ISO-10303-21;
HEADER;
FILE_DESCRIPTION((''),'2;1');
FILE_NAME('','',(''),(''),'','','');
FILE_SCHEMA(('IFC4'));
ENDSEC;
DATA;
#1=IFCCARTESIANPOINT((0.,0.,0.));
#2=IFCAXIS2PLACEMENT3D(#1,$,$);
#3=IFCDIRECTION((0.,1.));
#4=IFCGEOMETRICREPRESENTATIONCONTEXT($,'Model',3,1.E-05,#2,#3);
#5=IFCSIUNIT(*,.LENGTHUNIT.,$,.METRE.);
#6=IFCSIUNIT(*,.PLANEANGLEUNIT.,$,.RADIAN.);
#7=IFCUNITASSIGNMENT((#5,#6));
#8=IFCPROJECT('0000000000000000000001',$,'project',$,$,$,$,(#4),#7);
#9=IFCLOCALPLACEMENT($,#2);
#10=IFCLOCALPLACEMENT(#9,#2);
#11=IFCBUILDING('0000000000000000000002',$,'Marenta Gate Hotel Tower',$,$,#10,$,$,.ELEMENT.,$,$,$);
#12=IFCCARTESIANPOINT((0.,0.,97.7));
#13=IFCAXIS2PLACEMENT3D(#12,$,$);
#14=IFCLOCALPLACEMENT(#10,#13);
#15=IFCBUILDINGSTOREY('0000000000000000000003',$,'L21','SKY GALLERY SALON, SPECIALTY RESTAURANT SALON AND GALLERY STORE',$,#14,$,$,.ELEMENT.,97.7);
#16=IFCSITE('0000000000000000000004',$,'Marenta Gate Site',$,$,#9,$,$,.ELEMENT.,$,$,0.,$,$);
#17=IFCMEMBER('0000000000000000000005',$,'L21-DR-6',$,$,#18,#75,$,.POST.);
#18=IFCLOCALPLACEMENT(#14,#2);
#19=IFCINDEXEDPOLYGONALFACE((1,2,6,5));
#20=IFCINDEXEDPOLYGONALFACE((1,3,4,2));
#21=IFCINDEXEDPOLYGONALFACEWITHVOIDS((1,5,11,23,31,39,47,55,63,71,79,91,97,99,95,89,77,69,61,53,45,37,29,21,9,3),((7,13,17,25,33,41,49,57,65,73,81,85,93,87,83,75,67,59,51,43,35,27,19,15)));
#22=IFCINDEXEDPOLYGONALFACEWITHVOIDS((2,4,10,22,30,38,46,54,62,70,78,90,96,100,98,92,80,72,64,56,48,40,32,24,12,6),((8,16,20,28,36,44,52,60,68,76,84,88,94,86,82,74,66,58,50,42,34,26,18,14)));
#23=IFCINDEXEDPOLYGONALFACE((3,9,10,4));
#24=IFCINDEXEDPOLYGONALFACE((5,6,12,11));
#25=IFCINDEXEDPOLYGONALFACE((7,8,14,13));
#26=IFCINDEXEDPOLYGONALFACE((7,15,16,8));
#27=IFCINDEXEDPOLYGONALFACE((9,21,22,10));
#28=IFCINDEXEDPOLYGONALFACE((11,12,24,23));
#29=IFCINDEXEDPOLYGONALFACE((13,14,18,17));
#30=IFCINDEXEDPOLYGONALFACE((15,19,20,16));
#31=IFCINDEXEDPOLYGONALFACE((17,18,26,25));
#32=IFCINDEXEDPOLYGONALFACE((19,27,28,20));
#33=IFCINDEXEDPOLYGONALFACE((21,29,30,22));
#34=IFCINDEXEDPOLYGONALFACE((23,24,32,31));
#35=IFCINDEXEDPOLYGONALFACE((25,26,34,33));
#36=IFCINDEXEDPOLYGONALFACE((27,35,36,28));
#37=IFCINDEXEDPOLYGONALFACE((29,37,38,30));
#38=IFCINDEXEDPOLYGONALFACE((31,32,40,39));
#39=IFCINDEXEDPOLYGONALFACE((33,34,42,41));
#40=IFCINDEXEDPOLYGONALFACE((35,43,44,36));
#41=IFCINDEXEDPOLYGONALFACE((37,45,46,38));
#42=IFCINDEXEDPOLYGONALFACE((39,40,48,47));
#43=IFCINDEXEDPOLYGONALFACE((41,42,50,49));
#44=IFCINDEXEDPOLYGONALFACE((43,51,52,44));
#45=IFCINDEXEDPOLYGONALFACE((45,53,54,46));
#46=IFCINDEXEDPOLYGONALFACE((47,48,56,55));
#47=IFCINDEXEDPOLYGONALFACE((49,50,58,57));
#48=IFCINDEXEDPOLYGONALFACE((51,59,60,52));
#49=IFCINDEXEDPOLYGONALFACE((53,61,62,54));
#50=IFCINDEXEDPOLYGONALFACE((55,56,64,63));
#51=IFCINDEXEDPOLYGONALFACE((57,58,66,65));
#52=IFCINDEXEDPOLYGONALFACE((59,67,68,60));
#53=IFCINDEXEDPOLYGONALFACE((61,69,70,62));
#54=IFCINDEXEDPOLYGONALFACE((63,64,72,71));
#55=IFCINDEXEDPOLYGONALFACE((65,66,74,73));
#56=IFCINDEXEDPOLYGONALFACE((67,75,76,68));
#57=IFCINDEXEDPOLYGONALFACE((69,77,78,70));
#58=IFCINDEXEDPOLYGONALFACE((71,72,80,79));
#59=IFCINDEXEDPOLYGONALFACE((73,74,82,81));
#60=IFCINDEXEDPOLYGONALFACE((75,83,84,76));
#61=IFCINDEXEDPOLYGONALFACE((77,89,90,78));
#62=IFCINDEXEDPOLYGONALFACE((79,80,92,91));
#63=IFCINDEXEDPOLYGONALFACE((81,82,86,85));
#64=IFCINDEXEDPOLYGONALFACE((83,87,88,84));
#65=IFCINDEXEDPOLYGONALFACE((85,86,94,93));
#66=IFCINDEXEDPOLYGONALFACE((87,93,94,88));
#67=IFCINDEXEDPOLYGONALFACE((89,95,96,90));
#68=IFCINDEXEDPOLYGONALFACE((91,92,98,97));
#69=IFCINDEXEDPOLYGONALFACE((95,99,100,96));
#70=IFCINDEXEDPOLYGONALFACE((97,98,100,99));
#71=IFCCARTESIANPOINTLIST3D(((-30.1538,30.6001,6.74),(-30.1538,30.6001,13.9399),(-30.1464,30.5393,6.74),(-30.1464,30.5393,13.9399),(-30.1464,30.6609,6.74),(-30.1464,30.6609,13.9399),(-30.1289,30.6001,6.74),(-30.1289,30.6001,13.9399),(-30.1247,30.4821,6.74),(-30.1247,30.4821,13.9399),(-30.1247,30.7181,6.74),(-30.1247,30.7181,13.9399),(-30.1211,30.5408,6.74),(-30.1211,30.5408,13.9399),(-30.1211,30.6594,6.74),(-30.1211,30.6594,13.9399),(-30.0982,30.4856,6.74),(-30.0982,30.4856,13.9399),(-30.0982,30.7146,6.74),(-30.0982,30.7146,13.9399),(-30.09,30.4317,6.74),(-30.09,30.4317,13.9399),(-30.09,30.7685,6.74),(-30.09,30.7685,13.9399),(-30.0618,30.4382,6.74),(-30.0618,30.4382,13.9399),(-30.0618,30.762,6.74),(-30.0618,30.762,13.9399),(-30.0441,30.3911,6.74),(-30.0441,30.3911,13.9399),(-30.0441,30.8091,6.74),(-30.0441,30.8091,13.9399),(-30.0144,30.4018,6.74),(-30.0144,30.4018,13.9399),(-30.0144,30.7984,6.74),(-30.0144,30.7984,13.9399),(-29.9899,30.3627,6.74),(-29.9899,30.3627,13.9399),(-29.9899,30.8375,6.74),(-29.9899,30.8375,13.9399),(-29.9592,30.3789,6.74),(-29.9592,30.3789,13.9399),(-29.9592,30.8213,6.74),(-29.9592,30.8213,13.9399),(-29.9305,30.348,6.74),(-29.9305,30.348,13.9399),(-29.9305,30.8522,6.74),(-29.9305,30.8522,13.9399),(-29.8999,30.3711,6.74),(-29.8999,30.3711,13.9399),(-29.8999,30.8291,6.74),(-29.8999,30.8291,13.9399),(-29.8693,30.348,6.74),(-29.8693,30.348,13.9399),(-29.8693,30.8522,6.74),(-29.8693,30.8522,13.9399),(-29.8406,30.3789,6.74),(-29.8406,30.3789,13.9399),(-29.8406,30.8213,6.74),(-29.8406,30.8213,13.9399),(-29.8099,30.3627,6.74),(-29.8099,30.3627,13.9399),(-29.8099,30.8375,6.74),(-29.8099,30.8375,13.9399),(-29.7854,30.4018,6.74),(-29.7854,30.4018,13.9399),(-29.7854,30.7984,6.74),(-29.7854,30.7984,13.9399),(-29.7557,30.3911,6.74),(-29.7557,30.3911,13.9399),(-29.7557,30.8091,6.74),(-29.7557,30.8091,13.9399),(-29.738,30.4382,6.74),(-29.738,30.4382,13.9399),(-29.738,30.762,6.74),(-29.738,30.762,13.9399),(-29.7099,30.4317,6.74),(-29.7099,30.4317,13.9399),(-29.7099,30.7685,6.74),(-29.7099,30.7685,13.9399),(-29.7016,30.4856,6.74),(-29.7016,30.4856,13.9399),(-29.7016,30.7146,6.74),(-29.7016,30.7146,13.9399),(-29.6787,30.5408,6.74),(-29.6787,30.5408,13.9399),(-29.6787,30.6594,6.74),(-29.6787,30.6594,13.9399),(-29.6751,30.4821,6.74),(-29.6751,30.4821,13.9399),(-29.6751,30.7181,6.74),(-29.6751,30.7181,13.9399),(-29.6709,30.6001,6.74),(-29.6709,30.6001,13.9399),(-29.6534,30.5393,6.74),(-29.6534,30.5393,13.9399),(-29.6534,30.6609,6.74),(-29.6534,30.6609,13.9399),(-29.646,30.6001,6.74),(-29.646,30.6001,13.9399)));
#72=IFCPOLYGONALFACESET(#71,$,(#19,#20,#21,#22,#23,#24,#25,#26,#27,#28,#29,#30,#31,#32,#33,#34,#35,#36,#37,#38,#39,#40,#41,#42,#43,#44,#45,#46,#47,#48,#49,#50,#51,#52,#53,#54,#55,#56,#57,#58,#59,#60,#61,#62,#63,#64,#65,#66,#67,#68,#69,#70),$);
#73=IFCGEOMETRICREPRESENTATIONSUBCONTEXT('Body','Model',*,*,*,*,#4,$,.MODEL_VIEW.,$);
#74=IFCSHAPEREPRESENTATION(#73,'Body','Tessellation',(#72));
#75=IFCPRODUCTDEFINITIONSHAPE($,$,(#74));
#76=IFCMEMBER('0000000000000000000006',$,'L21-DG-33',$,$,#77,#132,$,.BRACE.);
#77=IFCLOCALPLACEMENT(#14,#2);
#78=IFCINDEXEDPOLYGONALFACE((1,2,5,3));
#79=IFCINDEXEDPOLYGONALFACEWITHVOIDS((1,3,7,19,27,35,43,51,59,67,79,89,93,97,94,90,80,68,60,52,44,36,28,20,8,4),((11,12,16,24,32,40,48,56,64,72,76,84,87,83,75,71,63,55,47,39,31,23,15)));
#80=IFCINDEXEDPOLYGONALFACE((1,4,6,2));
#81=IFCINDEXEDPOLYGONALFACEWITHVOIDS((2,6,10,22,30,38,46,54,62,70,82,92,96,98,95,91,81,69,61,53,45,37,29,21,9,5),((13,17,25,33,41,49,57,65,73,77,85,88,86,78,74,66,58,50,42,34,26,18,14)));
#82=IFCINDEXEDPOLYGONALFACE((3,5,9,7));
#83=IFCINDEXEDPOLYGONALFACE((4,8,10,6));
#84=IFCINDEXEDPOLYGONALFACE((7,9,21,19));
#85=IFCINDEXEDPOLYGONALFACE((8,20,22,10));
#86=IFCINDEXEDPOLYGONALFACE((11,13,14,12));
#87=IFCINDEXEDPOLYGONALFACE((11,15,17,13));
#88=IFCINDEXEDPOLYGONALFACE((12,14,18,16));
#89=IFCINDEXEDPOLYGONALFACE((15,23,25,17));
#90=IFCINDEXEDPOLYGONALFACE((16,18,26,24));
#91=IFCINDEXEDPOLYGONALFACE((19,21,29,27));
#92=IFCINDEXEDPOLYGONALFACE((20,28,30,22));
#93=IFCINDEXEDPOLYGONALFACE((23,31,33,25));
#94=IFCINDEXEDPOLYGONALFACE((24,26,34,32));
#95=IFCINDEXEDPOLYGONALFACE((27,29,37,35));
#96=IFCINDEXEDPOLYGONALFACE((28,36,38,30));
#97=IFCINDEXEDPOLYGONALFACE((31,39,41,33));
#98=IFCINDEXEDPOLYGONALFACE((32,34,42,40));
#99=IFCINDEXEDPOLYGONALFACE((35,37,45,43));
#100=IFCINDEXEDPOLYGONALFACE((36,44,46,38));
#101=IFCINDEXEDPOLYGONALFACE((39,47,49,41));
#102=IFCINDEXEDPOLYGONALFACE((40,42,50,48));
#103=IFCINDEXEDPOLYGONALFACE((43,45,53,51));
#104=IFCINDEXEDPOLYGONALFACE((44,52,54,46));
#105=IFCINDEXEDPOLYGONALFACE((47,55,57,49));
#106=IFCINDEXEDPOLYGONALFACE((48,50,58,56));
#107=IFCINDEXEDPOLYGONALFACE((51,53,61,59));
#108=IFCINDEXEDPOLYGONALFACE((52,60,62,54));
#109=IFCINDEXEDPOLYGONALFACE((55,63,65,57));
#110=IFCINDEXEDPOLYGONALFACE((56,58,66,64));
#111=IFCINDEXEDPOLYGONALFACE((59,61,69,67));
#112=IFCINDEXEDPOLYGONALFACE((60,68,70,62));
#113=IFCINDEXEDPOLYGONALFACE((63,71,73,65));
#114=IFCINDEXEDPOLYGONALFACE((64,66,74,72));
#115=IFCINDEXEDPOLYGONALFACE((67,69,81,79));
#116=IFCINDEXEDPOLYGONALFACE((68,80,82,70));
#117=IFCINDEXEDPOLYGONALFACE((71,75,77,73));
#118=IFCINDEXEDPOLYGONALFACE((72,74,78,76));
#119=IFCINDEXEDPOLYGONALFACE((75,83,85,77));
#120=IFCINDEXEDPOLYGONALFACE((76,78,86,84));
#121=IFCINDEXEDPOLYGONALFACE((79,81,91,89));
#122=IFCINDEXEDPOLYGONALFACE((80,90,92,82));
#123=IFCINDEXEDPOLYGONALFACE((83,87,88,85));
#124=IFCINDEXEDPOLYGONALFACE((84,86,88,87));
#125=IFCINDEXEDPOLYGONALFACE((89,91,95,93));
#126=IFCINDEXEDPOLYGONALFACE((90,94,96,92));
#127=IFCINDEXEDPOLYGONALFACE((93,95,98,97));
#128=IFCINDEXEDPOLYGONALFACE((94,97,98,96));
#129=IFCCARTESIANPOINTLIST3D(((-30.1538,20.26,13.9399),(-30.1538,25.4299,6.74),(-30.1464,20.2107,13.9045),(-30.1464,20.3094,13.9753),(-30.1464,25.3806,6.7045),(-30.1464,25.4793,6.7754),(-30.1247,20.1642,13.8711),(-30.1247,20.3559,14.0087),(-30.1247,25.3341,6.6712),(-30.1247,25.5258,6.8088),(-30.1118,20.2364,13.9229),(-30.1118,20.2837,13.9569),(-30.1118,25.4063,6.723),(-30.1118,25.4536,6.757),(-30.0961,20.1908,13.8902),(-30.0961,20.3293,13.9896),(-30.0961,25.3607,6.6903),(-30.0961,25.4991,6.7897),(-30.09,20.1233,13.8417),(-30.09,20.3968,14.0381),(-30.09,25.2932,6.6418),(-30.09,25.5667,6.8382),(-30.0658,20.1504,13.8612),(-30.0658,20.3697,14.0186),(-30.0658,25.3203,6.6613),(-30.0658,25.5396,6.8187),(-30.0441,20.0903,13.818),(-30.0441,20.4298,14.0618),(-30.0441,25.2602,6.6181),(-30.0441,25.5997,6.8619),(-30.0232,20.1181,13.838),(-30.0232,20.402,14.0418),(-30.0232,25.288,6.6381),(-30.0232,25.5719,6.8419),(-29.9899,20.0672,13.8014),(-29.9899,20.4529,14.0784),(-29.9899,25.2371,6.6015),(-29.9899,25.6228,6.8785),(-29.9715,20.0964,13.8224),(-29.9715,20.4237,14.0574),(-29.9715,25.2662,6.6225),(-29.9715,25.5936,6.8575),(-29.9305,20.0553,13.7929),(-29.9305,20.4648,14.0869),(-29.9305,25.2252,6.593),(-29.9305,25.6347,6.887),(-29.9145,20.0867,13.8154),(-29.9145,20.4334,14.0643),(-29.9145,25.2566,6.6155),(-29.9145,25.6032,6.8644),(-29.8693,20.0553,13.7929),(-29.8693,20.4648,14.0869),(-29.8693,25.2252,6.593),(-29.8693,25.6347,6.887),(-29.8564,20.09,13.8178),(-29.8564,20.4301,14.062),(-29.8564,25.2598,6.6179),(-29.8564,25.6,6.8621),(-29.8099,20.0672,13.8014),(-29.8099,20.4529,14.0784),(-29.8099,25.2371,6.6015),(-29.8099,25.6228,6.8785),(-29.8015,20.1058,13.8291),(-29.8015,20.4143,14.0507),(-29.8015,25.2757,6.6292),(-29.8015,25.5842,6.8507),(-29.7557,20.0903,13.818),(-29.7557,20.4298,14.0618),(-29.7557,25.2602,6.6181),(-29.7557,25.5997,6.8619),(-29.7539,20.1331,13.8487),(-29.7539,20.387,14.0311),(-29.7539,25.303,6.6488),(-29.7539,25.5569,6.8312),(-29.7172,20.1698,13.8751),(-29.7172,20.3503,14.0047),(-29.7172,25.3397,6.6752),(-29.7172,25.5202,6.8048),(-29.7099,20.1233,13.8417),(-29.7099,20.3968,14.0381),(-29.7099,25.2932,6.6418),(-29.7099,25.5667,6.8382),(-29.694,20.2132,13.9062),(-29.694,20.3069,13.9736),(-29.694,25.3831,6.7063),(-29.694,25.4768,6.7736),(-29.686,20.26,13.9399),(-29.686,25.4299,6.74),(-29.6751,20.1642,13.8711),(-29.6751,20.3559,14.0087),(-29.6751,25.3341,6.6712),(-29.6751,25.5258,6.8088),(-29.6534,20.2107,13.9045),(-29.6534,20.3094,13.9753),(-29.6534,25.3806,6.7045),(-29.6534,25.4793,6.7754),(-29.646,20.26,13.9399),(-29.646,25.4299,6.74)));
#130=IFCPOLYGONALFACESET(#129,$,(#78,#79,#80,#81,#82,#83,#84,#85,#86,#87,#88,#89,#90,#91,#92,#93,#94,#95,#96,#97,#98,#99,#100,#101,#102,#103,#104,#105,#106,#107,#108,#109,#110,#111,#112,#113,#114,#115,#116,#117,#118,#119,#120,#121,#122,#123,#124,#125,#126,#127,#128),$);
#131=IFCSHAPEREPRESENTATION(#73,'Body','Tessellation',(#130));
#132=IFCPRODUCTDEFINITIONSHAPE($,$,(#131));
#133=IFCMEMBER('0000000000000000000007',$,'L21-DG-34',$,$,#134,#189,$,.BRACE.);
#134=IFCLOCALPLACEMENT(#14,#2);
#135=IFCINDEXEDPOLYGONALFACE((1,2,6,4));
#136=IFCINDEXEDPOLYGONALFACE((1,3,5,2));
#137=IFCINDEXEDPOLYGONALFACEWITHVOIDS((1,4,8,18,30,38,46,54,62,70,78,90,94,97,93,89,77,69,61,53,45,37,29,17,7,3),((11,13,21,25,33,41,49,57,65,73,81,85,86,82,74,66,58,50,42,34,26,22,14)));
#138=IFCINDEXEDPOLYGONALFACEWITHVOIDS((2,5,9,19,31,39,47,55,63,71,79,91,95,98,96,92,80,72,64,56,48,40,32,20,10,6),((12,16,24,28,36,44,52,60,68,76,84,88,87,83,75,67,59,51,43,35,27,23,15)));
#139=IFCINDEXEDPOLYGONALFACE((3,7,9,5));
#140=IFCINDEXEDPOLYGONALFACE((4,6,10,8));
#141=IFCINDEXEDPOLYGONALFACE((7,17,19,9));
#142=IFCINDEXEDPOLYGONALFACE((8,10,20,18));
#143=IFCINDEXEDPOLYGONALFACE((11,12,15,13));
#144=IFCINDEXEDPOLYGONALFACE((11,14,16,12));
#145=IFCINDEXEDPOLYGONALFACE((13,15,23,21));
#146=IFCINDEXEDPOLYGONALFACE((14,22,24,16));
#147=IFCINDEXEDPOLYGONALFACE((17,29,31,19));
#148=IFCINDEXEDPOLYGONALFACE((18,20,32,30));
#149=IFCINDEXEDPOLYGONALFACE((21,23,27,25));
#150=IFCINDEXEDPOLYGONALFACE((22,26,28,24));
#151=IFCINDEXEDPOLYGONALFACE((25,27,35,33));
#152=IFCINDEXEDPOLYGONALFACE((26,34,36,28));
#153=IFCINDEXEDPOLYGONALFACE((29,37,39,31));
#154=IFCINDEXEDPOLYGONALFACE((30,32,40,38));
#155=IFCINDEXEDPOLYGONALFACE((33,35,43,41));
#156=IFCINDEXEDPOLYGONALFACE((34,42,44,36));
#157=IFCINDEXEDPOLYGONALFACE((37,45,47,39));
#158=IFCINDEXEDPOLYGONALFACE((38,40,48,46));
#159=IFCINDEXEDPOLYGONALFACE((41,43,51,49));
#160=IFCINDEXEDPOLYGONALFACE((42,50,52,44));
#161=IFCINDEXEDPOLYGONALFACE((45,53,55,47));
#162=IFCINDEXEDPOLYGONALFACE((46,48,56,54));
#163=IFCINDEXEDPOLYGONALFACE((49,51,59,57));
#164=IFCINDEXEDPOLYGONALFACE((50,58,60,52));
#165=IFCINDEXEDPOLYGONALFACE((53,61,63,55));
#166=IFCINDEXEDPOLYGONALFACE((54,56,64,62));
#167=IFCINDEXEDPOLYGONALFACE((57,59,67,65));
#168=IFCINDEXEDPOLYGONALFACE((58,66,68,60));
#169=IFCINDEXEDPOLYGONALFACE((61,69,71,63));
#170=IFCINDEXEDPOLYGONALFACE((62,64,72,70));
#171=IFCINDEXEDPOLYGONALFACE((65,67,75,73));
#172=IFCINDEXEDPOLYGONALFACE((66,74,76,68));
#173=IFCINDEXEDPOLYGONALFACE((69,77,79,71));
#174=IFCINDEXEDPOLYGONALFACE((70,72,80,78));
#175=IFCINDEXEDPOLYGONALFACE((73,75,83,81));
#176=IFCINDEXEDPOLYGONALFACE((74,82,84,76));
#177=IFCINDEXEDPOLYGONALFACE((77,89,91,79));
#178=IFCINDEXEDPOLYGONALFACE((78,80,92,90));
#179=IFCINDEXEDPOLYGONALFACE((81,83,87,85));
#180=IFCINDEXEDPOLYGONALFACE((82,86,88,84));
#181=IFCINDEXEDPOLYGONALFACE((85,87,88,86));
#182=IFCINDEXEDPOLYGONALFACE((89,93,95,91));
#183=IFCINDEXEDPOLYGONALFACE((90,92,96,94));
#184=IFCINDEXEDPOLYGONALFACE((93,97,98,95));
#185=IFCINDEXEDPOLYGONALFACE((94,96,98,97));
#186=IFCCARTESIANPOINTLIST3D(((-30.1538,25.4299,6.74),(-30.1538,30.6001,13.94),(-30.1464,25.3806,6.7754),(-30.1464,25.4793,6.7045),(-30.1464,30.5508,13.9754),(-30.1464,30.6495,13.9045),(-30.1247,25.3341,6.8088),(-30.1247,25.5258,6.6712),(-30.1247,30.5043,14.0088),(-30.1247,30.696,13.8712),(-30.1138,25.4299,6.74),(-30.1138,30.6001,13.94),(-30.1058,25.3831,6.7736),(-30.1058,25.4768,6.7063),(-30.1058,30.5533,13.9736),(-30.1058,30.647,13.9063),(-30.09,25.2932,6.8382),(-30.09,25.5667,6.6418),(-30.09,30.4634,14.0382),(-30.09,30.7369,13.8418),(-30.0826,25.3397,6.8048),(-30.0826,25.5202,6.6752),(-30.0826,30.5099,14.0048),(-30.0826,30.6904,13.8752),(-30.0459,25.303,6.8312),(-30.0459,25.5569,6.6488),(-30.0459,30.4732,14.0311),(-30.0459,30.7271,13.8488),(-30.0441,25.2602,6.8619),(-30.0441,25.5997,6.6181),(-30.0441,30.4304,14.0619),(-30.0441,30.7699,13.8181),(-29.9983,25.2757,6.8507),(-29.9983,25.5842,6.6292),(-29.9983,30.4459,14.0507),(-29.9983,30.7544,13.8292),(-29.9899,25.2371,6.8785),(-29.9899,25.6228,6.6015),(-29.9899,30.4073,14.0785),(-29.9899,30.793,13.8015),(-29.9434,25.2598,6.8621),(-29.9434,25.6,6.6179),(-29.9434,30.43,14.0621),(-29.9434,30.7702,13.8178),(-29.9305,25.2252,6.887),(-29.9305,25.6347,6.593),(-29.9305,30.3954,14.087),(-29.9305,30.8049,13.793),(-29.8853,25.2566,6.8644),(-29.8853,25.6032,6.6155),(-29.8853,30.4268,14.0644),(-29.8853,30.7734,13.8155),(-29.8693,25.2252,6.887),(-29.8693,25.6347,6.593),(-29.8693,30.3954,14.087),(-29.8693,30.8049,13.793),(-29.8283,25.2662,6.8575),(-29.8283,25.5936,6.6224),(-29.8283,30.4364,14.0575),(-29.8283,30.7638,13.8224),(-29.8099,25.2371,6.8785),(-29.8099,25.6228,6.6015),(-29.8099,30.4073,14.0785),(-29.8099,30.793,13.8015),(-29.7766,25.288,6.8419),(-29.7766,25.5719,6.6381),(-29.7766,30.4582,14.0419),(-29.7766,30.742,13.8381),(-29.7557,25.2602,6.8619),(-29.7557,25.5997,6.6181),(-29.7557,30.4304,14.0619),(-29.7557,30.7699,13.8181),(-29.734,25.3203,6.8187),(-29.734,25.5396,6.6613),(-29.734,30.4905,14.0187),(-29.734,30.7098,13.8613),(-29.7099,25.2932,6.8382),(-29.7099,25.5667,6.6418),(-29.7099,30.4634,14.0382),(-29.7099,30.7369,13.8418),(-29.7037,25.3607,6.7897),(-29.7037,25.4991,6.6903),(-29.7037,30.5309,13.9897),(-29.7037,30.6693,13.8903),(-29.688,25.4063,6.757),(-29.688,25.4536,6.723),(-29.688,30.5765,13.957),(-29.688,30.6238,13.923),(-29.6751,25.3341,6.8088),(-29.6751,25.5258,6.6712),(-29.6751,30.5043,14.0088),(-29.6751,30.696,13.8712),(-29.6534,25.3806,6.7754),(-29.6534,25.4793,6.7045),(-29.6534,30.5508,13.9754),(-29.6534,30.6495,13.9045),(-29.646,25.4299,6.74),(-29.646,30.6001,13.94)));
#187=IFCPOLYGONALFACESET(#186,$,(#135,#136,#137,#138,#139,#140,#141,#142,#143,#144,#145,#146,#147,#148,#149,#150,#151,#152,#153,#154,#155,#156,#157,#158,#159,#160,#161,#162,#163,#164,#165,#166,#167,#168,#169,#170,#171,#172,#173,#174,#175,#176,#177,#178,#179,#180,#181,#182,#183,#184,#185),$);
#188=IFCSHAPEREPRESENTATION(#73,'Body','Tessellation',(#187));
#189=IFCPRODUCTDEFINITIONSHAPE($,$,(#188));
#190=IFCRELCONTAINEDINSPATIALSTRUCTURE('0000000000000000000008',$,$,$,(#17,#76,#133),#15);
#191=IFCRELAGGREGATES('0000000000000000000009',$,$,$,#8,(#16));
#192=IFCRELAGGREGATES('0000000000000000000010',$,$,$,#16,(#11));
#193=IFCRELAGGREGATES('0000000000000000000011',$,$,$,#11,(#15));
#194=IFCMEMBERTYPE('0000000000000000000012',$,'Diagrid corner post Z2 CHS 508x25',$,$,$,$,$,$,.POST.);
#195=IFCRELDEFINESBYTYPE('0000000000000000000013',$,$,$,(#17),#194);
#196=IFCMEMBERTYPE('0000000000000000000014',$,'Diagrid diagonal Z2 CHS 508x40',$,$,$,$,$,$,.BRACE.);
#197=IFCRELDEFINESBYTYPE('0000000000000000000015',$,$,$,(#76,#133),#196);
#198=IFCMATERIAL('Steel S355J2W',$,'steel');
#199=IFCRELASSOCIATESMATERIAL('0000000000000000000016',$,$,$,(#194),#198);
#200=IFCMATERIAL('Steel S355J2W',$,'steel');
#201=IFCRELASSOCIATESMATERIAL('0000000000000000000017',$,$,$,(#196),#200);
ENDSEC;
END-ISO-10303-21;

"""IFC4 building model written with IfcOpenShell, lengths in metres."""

from ifc_helpers import new_model, si_unit, direction, frame, origin, origin_2d, place, context, subcontext, project, spatial, hollow_circle, extrude, material, material_profile, profile_set, type_object, element, save


model = new_model("IFC4")

# Units and contexts
model_context = context("Model", 3, precision=1e-05, world=origin(), true_north=direction((0.0, 1.0)))
body_context = subcontext(model_context, "Body", "Model", "MODEL_VIEW")
ifc_project = project(units=[si_unit("LENGTHUNIT", "METRE"), si_unit("PLANEANGLEUNIT", "RADIAN")], contexts=[model_context])

# Site, building, storey
site_placement = place(None, origin())
site = spatial("IfcSite", under=ifc_project, at=site_placement, Name="Marenta Gate Site", CompositionType="ELEMENT", RefElevation=0.0)
building_placement = place(site_placement, origin())
building = spatial("IfcBuilding", under=site, at=building_placement, Name="Marenta Gate Hotel Tower", CompositionType="ELEMENT")
storey_placement = place(building_placement, frame((0.0, 0.0, 97.7)))
storey = spatial("IfcBuildingStorey", under=building, at=storey_placement, Name="L21", Description="SKY GALLERY SALON, SPECIALTY RESTAURANT SALON AND GALLERY STORE", CompositionType="ELEMENT", Elevation=97.7)

# Members
ifc_material_1 = material(Name="Steel S355J2W", Category="steel")
ifc_material_profile_1 = material_profile(ifc_material_1, hollow_circle(Radius=0.2539, WallThickness=0.0249, at=origin_2d()), Name="CHS 508x25")
ifc_profile_set_1 = profile_set([ifc_material_profile_1], Name="Steel S355J2W")
member_type_1 = type_object("IfcMemberType", Name="Diagrid corner post Z2 CHS 508x25", PredefinedType="POST", material=ifc_profile_set_1)
member_1_placement = place(storey_placement, frame((-29.8999, 30.6001, 6.74), z_axis=(0.0, 0.0, 1.0), x_axis=(1.0, 0.0, 0.0)))
element("IfcMember", 1, at=member_1_placement, inside=storey, type_object=member_type_1, Name="L21-DR-6", PredefinedType="POST", context=body_context, shape_type="SweptSolid", body=[
    extrude(hollow_circle(Radius=0.2539, WallThickness=0.0249, at=origin_2d()), origin(), (0.0, 0.0, 1.0), 7.2),
])
ifc_material_2 = material(Name="Steel S355J2W", Category="steel")
ifc_material_profile_2 = material_profile(ifc_material_2, hollow_circle(Radius=0.2539, WallThickness=0.04, at=origin_2d()), Name="CHS 508x40")
ifc_profile_set_2 = profile_set([ifc_material_profile_2], Name="Steel S355J2W")
member_type_2 = type_object("IfcMemberType", Name="Diagrid diagonal Z2 CHS 508x40", PredefinedType="BRACE", material=ifc_profile_set_2)
member_2_placement = place(storey_placement, frame((-29.8999, 25.4299, 6.74), z_axis=(0.0, -0.583261, 0.812285), x_axis=(1.0, 0.0, 0.0)))
element("IfcMember", 2, at=member_2_placement, inside=storey, type_object=member_type_2, Name="L21-DG-33", PredefinedType="BRACE", context=body_context, shape_type="SweptSolid", body=[
    extrude(hollow_circle(Radius=0.2539, WallThickness=0.04, at=origin_2d()), origin(), (0.0, 0.0, 1.0), 8.8638),
])
member_3_placement = place(storey_placement, frame((-29.8999, 25.4299, 6.74), z_axis=(0.0, 0.583279, 0.812272), x_axis=(-1.0, 0.0, 0.0)))
element("IfcMember", 3, at=member_3_placement, inside=storey, type_object=member_type_2, Name="L21-DG-34", PredefinedType="BRACE", context=body_context, shape_type="SweptSolid", body=[
    extrude(hollow_circle(Radius=0.2539, WallThickness=0.04, at=origin_2d()), origin(), (0.0, 0.0, 1.0), 8.864),
])

save(model, "model.ifc")
